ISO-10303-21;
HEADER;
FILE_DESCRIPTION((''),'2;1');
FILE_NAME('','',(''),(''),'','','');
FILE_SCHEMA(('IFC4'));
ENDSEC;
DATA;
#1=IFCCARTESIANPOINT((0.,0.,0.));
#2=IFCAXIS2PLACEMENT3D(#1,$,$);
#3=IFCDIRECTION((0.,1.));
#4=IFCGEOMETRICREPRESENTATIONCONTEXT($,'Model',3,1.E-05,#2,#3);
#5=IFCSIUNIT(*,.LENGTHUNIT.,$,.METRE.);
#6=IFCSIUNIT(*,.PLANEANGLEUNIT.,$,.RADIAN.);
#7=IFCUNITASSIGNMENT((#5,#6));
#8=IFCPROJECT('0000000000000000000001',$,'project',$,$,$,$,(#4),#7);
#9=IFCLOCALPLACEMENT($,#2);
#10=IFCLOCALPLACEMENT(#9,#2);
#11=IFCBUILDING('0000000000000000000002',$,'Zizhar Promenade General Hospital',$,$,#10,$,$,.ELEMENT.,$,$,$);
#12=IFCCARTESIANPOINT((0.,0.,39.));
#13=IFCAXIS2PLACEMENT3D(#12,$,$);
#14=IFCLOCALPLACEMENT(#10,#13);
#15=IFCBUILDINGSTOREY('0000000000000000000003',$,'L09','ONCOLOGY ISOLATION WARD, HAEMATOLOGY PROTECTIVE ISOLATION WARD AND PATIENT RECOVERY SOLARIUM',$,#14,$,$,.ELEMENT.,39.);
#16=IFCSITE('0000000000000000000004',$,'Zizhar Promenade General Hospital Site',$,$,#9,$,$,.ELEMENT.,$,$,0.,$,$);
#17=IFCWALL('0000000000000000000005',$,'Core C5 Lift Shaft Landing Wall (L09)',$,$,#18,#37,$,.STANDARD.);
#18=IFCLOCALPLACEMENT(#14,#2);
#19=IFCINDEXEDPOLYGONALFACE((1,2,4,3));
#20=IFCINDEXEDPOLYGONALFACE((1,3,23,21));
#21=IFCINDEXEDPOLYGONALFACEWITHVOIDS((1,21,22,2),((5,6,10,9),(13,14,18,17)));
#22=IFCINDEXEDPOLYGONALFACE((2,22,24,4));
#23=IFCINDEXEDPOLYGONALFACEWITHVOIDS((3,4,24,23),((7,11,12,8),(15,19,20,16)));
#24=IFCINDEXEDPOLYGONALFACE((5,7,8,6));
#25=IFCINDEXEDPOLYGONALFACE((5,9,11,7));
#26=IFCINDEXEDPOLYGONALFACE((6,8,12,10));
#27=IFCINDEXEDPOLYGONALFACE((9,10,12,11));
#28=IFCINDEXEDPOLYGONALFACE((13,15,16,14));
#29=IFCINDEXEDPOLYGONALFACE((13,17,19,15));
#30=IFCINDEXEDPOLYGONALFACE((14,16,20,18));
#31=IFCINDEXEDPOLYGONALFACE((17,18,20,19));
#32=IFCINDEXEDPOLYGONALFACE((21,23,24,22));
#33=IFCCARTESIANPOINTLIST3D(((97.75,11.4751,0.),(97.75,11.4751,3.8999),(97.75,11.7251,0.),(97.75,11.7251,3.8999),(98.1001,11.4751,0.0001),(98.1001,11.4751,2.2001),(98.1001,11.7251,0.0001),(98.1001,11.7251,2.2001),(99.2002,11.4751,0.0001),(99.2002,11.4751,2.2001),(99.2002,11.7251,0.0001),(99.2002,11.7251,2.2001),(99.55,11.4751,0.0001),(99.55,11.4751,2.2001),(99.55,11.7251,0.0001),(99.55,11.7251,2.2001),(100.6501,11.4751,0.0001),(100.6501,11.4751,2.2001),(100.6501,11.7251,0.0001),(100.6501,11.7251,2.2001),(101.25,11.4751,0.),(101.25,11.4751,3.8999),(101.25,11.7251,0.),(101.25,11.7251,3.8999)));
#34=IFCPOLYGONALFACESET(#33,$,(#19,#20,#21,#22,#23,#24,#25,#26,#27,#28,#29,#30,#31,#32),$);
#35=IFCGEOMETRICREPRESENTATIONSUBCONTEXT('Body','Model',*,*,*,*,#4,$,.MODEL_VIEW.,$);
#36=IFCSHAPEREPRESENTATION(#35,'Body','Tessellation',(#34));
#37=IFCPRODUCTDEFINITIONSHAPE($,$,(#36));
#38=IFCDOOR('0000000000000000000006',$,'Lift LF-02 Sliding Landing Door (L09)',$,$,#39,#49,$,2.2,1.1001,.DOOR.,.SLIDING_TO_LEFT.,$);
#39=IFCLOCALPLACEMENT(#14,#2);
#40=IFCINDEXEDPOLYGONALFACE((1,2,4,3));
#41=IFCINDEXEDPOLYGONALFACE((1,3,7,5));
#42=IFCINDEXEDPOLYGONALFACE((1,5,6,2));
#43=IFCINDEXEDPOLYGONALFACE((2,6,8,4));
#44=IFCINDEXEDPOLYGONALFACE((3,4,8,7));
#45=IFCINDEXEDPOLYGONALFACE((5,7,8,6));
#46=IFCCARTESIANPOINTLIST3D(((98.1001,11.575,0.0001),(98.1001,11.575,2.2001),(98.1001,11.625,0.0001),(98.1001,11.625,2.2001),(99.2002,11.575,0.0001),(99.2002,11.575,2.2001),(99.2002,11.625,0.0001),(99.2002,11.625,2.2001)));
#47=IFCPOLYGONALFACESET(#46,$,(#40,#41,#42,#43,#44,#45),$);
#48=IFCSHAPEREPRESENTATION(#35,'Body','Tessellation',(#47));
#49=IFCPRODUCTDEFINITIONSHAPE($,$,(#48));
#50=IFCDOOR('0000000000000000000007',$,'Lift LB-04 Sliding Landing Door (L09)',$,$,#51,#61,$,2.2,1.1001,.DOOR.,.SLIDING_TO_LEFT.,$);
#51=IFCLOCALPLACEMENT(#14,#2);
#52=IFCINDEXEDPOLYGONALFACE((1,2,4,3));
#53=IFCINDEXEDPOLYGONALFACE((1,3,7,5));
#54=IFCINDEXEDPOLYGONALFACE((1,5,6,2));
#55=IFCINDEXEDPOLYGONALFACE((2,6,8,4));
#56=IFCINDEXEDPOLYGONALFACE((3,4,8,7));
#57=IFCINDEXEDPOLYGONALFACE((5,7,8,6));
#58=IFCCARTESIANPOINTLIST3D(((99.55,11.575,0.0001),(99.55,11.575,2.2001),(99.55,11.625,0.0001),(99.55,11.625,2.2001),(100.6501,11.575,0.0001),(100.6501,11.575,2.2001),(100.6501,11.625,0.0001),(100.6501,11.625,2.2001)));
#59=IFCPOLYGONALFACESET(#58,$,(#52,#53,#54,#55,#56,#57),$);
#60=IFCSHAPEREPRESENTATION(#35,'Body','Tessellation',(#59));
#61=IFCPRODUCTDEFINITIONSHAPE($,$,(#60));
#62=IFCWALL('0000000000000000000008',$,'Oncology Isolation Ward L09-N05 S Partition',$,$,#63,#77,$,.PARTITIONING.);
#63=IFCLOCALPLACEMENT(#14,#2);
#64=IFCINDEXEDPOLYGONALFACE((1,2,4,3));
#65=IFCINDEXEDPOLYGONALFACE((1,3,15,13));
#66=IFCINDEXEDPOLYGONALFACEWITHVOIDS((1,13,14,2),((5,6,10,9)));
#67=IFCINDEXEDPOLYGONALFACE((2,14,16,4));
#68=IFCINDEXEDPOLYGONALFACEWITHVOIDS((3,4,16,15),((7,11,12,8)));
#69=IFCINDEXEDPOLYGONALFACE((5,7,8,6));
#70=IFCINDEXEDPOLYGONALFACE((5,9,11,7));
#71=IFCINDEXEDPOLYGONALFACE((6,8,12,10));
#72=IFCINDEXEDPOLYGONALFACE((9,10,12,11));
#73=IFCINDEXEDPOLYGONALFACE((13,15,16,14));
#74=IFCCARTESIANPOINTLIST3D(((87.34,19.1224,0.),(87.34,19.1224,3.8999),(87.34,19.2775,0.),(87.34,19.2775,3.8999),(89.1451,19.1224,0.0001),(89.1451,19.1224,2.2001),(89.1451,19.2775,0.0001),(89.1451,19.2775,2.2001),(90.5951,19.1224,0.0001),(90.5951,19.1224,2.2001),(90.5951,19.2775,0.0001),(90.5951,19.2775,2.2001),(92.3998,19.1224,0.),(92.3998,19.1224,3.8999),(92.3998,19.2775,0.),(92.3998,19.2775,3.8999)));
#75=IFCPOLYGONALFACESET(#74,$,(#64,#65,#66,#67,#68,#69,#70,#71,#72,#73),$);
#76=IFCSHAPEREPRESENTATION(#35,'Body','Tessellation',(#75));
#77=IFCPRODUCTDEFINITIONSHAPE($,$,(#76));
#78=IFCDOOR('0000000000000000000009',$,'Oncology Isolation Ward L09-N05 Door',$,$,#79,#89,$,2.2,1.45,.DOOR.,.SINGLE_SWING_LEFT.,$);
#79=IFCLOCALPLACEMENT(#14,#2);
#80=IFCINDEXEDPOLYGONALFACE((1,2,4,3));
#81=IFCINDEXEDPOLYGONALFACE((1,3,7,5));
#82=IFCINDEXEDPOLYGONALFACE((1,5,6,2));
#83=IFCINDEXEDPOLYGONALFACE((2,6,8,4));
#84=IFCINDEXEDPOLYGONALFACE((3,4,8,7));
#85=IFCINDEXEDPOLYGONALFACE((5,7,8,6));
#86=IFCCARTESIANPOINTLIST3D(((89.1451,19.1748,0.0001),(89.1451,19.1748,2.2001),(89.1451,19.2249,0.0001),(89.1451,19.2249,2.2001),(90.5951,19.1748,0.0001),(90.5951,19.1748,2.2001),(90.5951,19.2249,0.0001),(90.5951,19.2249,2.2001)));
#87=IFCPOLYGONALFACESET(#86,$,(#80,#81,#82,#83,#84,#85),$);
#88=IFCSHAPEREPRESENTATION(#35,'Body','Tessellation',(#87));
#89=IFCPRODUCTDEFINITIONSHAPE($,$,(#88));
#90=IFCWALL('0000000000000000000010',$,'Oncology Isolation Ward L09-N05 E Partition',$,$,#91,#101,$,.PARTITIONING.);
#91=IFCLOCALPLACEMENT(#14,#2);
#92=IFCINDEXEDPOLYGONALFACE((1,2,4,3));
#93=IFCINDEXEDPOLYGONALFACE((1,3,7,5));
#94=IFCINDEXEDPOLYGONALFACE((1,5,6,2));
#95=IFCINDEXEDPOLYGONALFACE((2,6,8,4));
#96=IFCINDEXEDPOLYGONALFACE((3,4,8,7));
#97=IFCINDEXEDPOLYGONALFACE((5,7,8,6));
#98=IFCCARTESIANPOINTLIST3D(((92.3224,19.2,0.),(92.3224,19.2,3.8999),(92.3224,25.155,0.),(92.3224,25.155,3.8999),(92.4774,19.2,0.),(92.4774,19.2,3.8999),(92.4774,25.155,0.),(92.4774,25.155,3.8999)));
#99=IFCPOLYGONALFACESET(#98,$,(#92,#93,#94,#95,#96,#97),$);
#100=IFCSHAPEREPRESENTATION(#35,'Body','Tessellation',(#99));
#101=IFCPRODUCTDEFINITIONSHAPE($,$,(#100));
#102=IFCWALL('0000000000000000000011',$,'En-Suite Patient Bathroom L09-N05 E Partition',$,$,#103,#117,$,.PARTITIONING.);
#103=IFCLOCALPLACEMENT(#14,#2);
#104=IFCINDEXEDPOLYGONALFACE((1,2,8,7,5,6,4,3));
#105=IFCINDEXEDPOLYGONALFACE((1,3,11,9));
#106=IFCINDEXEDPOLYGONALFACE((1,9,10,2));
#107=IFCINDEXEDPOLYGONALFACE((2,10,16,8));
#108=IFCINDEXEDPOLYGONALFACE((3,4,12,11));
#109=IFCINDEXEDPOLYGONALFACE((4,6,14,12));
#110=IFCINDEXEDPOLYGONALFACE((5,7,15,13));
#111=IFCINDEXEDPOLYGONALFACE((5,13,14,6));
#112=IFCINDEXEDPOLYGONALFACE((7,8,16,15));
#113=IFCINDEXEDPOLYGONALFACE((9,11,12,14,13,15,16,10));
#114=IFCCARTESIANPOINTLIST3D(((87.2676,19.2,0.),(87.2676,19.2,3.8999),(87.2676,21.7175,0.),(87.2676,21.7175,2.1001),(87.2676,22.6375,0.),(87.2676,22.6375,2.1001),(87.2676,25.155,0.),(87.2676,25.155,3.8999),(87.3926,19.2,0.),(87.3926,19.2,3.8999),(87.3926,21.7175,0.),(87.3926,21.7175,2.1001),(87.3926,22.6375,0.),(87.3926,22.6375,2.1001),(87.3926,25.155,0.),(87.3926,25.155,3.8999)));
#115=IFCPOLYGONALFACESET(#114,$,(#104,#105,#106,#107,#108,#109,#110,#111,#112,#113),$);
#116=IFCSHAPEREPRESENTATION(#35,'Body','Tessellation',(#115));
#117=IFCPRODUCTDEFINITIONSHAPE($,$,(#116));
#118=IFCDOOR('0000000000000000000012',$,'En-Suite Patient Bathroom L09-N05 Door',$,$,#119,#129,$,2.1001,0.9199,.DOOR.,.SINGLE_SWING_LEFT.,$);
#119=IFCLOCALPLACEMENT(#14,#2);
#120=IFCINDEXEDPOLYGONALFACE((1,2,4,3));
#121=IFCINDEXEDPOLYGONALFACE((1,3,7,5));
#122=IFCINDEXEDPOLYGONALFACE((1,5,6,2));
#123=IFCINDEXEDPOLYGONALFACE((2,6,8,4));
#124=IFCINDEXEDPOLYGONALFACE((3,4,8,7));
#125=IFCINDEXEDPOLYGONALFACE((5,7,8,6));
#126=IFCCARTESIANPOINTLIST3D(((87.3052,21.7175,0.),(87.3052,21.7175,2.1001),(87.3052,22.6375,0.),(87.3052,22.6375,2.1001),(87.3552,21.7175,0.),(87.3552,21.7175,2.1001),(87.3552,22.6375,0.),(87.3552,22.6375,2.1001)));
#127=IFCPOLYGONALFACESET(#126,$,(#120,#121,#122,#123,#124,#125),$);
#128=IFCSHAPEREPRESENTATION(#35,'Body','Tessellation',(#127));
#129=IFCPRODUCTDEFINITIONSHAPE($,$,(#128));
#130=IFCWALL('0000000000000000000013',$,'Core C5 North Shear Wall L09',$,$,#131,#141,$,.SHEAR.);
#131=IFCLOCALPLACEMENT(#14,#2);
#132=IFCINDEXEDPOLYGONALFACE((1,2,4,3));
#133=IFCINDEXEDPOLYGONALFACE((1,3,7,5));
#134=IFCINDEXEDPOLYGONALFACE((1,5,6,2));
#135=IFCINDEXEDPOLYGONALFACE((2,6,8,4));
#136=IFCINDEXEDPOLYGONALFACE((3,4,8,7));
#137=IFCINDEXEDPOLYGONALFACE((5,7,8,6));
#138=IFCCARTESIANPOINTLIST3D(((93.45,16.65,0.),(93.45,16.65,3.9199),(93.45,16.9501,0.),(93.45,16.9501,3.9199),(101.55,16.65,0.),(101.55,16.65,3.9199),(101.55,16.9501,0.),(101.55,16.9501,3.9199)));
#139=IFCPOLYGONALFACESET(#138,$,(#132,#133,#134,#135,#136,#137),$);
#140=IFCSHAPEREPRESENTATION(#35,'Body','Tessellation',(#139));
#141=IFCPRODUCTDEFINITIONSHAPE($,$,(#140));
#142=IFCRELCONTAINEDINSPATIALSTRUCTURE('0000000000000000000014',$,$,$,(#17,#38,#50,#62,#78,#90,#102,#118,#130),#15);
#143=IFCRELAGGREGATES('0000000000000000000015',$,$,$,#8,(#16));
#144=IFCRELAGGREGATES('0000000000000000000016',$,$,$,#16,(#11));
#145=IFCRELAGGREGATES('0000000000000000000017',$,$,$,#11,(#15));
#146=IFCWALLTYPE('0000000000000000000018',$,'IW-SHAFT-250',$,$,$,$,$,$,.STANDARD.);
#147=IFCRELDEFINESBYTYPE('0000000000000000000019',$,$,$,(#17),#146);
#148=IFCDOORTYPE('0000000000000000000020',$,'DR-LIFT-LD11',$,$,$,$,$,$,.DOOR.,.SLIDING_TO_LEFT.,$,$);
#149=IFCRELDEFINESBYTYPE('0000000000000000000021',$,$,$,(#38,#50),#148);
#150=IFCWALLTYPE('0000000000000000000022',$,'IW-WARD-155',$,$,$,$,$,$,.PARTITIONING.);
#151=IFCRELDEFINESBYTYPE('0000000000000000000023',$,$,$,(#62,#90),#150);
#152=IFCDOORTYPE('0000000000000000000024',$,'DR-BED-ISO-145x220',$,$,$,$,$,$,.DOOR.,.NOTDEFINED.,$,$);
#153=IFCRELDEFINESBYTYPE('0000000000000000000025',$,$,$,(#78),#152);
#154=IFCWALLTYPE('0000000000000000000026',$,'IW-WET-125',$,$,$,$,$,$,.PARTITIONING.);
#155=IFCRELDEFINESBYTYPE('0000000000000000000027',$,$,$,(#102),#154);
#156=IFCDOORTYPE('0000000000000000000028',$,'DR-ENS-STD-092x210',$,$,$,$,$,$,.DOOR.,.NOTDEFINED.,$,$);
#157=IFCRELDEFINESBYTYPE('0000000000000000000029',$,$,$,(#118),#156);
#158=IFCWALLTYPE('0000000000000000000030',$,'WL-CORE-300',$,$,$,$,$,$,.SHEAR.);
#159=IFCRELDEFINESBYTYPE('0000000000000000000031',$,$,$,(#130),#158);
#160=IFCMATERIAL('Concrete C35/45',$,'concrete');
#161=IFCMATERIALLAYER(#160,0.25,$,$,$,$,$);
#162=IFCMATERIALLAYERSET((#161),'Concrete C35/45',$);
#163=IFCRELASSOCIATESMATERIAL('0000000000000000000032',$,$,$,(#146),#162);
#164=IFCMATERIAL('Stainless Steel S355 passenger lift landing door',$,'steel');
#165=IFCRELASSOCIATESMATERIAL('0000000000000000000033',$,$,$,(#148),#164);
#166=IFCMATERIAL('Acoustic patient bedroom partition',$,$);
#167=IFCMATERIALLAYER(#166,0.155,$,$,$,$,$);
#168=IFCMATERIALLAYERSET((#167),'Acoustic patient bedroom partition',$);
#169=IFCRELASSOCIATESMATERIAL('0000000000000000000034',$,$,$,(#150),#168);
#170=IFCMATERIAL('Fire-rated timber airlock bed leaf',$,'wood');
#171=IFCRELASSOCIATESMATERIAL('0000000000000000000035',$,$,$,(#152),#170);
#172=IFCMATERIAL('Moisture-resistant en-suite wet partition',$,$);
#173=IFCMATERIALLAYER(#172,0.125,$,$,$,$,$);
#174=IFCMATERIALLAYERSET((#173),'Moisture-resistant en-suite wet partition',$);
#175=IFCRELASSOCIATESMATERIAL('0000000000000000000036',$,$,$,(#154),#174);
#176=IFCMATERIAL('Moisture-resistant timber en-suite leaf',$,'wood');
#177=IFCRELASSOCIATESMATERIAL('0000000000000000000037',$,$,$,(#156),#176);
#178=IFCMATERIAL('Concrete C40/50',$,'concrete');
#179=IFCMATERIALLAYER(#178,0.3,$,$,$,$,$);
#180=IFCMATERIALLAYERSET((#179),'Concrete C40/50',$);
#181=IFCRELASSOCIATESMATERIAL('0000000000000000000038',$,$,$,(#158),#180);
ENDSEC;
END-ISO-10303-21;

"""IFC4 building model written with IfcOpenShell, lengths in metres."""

from ifc_helpers import new_model, si_unit, direction, frame, frame_2d, origin, place, context, subcontext, project, spatial, rectangle, extrude, material, layer, layer_set, type_object, element, fill, save


model = new_model("IFC4")

# Units and contexts
model_context = context("Model", 3, precision=1e-05, world=origin(), true_north=direction((0.0, 1.0)))
body_context = subcontext(model_context, "Body", "Model", "MODEL_VIEW")
ifc_project = project(units=[si_unit("LENGTHUNIT", "METRE"), si_unit("PLANEANGLEUNIT", "RADIAN")], contexts=[model_context])

# Site, building, storey
site_placement = place(None, origin())
site = spatial("IfcSite", under=ifc_project, at=site_placement, Name="Zizhar Promenade General Hospital Site", CompositionType="ELEMENT", RefElevation=0.0)
building_placement = place(site_placement, origin())
building = spatial("IfcBuilding", under=site, at=building_placement, Name="Zizhar Promenade General Hospital", CompositionType="ELEMENT")
storey_placement = place(building_placement, frame((0.0, 0.0, 39.0)))
storey = spatial("IfcBuildingStorey", under=building, at=storey_placement, Name="L09", Description="ONCOLOGY ISOLATION WARD, HAEMATOLOGY PROTECTIVE ISOLATION WARD AND PATIENT RECOVERY SOLARIUM", CompositionType="ELEMENT", Elevation=39.0)

# Wall, openings, doors
ifc_material_1 = material(Name="Concrete C35/45", Category="concrete")
ifc_layer_1 = layer(ifc_material_1, 0.25)
ifc_layer_set_1 = layer_set([ifc_layer_1], Name="Concrete C35/45")
wall_type_1 = type_object("IfcWallType", Name="IW-SHAFT-250", PredefinedType="STANDARD", material=ifc_layer_set_1)
wall_1_placement = place(storey_placement, frame((97.75, 11.6001, 0.0), z_axis=(0.0, 0.0, 1.0), x_axis=(1.0, 0.0, 0.0)))
wall_1 = element("IfcWall", 1, at=wall_1_placement, inside=storey, type_object=wall_type_1, Name="Core C5 Lift Shaft Landing Wall (L09)", PredefinedType="STANDARD", context=body_context, shape_type="SweptSolid", body=[
    extrude(rectangle(XDim=3.5, YDim=0.25, at=frame_2d((1.75, 0.0))), origin(), (0.0, 0.0, 1.0), 3.8999),
])
opening_1_placement = place(wall_1_placement, frame((0.3501, 0.0, 0.0)))
opening_1 = element("IfcOpeningElement", 2, at=opening_1_placement, cuts=wall_1, PredefinedType="OPENING", context=body_context, shape_type="SweptSolid", body=[
    extrude(rectangle(XDim=1.1001, YDim=2.2, at=frame_2d((0.55, 1.1001))), frame((0.0, 0.135, 0.0), z_axis=(0.0, -1.0, 0.0), x_axis=(1.0, 0.0, 0.0)), (0.0, 0.0, 1.0), 0.27),
])
opening_2_placement = place(wall_1_placement, frame((1.8, 0.0, 0.0)))
opening_2 = element("IfcOpeningElement", 3, at=opening_2_placement, cuts=wall_1, PredefinedType="OPENING", context=body_context, shape_type="SweptSolid", body=[
    extrude(rectangle(XDim=1.1001, YDim=2.2, at=frame_2d((0.55, 1.1001))), frame((0.0, 0.135, 0.0), z_axis=(0.0, -1.0, 0.0), x_axis=(1.0, 0.0, 0.0)), (0.0, 0.0, 1.0), 0.27),
])
ifc_material_2 = material(Name="Stainless Steel S355 passenger lift landing door", Category="steel")
door_type_1 = type_object("IfcDoorType", Name="DR-LIFT-LD11", OperationType="SLIDING_TO_LEFT", PredefinedType="DOOR", material=ifc_material_2)
door_1_placement = place(opening_1_placement, origin())
door_1 = element("IfcDoor", 4, at=door_1_placement, inside=storey, type_object=door_type_1, Name="Lift LF-02 Sliding Landing Door (L09)", OperationType="SLIDING_TO_LEFT", OverallHeight=2.2, OverallWidth=1.1001, PredefinedType="DOOR", context=body_context, shape_type="SweptSolid", body=[
    extrude(rectangle(XDim=1.1001, YDim=2.2, at=frame_2d((0.55, 1.1001))), frame((0.0, 0.0249, 0.0), z_axis=(0.0, -1.0, 0.0), x_axis=(1.0, 0.0, 0.0)), (0.0, 0.0, 1.0), 0.05),
])
fill(opening_1, door_1)
door_2_placement = place(opening_2_placement, origin())
door_2 = element("IfcDoor", 5, at=door_2_placement, inside=storey, type_object=door_type_1, Name="Lift LB-04 Sliding Landing Door (L09)", OperationType="SLIDING_TO_LEFT", OverallHeight=2.2, OverallWidth=1.1001, PredefinedType="DOOR", context=body_context, shape_type="SweptSolid", body=[
    extrude(rectangle(XDim=1.1001, YDim=2.2, at=frame_2d((0.55, 1.1001))), frame((0.0, 0.0249, 0.0), z_axis=(0.0, -1.0, 0.0), x_axis=(1.0, 0.0, 0.0)), (0.0, 0.0, 1.0), 0.05),
])
fill(opening_2, door_2)

# Wall, opening, door
ifc_material_3 = material(Name="Acoustic patient bedroom partition")
ifc_layer_2 = layer(ifc_material_3, 0.155)
ifc_layer_set_2 = layer_set([ifc_layer_2], Name="Acoustic patient bedroom partition")
wall_type_2 = type_object("IfcWallType", Name="IW-WARD-155", PredefinedType="PARTITIONING", material=ifc_layer_set_2)
wall_2_placement = place(storey_placement, frame((87.3401, 19.2, 0.0), z_axis=(0.0, 0.0, 1.0), x_axis=(1.0, 0.0, 0.0)))
wall_2 = element("IfcWall", 6, at=wall_2_placement, inside=storey, type_object=wall_type_2, Name="Oncology Isolation Ward L09-N05 S Partition", PredefinedType="PARTITIONING", context=body_context, shape_type="SweptSolid", body=[
    extrude(rectangle(XDim=5.0598, YDim=0.155, at=frame_2d((2.5298, 0.0))), origin(), (0.0, 0.0, 1.0), 3.8999),
])
opening_3_placement = place(wall_2_placement, frame((1.8049, 0.0, 0.0)))
opening_3 = element("IfcOpeningElement", 7, at=opening_3_placement, cuts=wall_2, PredefinedType="OPENING", context=body_context, shape_type="SweptSolid", body=[
    extrude(rectangle(XDim=1.45, YDim=2.2, at=frame_2d((0.7251, 1.1001))), frame((0.0, 0.0874, 0.0), z_axis=(0.0, -1.0, 0.0), x_axis=(1.0, 0.0, 0.0)), (0.0, 0.0, 1.0), 0.175),
])
ifc_material_4 = material(Name="Fire-rated timber airlock bed leaf", Category="wood")
door_type_2 = type_object("IfcDoorType", Name="DR-BED-ISO-145x220", OperationType="NOTDEFINED", PredefinedType="DOOR", material=ifc_material_4)
door_3_placement = place(opening_3_placement, origin())
door_3 = element("IfcDoor", 8, at=door_3_placement, inside=storey, type_object=door_type_2, Name="Oncology Isolation Ward L09-N05 Door", OperationType="SINGLE_SWING_LEFT", OverallHeight=2.2, OverallWidth=1.45, PredefinedType="DOOR", context=body_context, shape_type="SweptSolid", body=[
    extrude(rectangle(XDim=1.45, YDim=2.2, at=frame_2d((0.7251, 1.1001))), frame((0.0, 0.0249, 0.0), z_axis=(0.0, -1.0, 0.0), x_axis=(1.0, 0.0, 0.0)), (0.0, 0.0, 1.0), 0.05),
])
fill(opening_3, door_3)

# Wall
wall_3_placement = place(storey_placement, frame((92.3999, 19.2, 0.0), z_axis=(0.0, 0.0, 1.0), x_axis=(0.0, 1.0, 0.0)))
element("IfcWall", 9, at=wall_3_placement, inside=storey, type_object=wall_type_2, Name="Oncology Isolation Ward L09-N05 E Partition", PredefinedType="PARTITIONING", context=body_context, shape_type="SweptSolid", body=[
    extrude(rectangle(XDim=5.9551, YDim=0.155, at=frame_2d((2.9775, 0.0))), origin(), (0.0, 0.0, 1.0), 3.8999),
])

# Wall, opening, door
ifc_material_5 = material(Name="Moisture-resistant en-suite wet partition")
ifc_layer_3 = layer(ifc_material_5, 0.125)
ifc_layer_set_3 = layer_set([ifc_layer_3], Name="Moisture-resistant en-suite wet partition")
wall_type_3 = type_object("IfcWallType", Name="IW-WET-125", PredefinedType="PARTITIONING", material=ifc_layer_set_3)
wall_4_placement = place(storey_placement, frame((87.3301, 19.2, 0.0), z_axis=(0.0, 0.0, 1.0), x_axis=(0.0, 1.0, 0.0)))
wall_4 = element("IfcWall", 10, at=wall_4_placement, inside=storey, type_object=wall_type_3, Name="En-Suite Patient Bathroom L09-N05 E Partition", PredefinedType="PARTITIONING", context=body_context, shape_type="SweptSolid", body=[
    extrude(rectangle(XDim=5.9551, YDim=0.125, at=frame_2d((2.9775, 0.0))), origin(), (0.0, 0.0, 1.0), 3.8999),
])
opening_4_placement = place(wall_4_placement, frame((2.5176, 0.0, 0.0)))
opening_4 = element("IfcOpeningElement", 11, at=opening_4_placement, cuts=wall_4, PredefinedType="OPENING", context=body_context, shape_type="SweptSolid", body=[
    extrude(rectangle(XDim=0.9199, YDim=2.1001, at=frame_2d((0.46, 1.05))), frame((0.0, 0.0725, 0.0), z_axis=(0.0, -1.0, 0.0), x_axis=(1.0, 0.0, 0.0)), (0.0, 0.0, 1.0), 0.145),
])
ifc_material_6 = material(Name="Moisture-resistant timber en-suite leaf", Category="wood")
door_type_3 = type_object("IfcDoorType", Name="DR-ENS-STD-092x210", OperationType="NOTDEFINED", PredefinedType="DOOR", material=ifc_material_6)
door_4_placement = place(opening_4_placement, origin())
door_4 = element("IfcDoor", 12, at=door_4_placement, inside=storey, type_object=door_type_3, Name="En-Suite Patient Bathroom L09-N05 Door", OperationType="SINGLE_SWING_LEFT", OverallHeight=2.1001, OverallWidth=0.9199, PredefinedType="DOOR", context=body_context, shape_type="SweptSolid", body=[
    extrude(rectangle(XDim=0.9199, YDim=2.1001, at=frame_2d((0.46, 1.05))), frame((0.0, 0.0249, 0.0), z_axis=(0.0, -1.0, 0.0), x_axis=(1.0, 0.0, 0.0)), (0.0, 0.0, 1.0), 0.05),
])
fill(opening_4, door_4)

# Wall
ifc_material_7 = material(Name="Concrete C40/50", Category="concrete")
ifc_layer_4 = layer(ifc_material_7, 0.3)
ifc_layer_set_4 = layer_set([ifc_layer_4], Name="Concrete C40/50")
wall_type_4 = type_object("IfcWallType", Name="WL-CORE-300", PredefinedType="SHEAR", material=ifc_layer_set_4)
wall_5_placement = place(storey_placement, frame((93.45, 16.8, 0.0), z_axis=(0.0, 0.0, 1.0), x_axis=(1.0, 0.0, 0.0)))
element("IfcWall", 13, at=wall_5_placement, inside=storey, type_object=wall_type_4, Name="Core C5 North Shear Wall L09", PredefinedType="SHEAR", context=body_context, shape_type="SweptSolid", body=[
    extrude(rectangle(XDim=8.1001, YDim=0.3, at=frame_2d((4.05, 0.0))), origin(), (0.0, 0.0, 1.0), 3.9199),
])

save(model, "model.ifc")
